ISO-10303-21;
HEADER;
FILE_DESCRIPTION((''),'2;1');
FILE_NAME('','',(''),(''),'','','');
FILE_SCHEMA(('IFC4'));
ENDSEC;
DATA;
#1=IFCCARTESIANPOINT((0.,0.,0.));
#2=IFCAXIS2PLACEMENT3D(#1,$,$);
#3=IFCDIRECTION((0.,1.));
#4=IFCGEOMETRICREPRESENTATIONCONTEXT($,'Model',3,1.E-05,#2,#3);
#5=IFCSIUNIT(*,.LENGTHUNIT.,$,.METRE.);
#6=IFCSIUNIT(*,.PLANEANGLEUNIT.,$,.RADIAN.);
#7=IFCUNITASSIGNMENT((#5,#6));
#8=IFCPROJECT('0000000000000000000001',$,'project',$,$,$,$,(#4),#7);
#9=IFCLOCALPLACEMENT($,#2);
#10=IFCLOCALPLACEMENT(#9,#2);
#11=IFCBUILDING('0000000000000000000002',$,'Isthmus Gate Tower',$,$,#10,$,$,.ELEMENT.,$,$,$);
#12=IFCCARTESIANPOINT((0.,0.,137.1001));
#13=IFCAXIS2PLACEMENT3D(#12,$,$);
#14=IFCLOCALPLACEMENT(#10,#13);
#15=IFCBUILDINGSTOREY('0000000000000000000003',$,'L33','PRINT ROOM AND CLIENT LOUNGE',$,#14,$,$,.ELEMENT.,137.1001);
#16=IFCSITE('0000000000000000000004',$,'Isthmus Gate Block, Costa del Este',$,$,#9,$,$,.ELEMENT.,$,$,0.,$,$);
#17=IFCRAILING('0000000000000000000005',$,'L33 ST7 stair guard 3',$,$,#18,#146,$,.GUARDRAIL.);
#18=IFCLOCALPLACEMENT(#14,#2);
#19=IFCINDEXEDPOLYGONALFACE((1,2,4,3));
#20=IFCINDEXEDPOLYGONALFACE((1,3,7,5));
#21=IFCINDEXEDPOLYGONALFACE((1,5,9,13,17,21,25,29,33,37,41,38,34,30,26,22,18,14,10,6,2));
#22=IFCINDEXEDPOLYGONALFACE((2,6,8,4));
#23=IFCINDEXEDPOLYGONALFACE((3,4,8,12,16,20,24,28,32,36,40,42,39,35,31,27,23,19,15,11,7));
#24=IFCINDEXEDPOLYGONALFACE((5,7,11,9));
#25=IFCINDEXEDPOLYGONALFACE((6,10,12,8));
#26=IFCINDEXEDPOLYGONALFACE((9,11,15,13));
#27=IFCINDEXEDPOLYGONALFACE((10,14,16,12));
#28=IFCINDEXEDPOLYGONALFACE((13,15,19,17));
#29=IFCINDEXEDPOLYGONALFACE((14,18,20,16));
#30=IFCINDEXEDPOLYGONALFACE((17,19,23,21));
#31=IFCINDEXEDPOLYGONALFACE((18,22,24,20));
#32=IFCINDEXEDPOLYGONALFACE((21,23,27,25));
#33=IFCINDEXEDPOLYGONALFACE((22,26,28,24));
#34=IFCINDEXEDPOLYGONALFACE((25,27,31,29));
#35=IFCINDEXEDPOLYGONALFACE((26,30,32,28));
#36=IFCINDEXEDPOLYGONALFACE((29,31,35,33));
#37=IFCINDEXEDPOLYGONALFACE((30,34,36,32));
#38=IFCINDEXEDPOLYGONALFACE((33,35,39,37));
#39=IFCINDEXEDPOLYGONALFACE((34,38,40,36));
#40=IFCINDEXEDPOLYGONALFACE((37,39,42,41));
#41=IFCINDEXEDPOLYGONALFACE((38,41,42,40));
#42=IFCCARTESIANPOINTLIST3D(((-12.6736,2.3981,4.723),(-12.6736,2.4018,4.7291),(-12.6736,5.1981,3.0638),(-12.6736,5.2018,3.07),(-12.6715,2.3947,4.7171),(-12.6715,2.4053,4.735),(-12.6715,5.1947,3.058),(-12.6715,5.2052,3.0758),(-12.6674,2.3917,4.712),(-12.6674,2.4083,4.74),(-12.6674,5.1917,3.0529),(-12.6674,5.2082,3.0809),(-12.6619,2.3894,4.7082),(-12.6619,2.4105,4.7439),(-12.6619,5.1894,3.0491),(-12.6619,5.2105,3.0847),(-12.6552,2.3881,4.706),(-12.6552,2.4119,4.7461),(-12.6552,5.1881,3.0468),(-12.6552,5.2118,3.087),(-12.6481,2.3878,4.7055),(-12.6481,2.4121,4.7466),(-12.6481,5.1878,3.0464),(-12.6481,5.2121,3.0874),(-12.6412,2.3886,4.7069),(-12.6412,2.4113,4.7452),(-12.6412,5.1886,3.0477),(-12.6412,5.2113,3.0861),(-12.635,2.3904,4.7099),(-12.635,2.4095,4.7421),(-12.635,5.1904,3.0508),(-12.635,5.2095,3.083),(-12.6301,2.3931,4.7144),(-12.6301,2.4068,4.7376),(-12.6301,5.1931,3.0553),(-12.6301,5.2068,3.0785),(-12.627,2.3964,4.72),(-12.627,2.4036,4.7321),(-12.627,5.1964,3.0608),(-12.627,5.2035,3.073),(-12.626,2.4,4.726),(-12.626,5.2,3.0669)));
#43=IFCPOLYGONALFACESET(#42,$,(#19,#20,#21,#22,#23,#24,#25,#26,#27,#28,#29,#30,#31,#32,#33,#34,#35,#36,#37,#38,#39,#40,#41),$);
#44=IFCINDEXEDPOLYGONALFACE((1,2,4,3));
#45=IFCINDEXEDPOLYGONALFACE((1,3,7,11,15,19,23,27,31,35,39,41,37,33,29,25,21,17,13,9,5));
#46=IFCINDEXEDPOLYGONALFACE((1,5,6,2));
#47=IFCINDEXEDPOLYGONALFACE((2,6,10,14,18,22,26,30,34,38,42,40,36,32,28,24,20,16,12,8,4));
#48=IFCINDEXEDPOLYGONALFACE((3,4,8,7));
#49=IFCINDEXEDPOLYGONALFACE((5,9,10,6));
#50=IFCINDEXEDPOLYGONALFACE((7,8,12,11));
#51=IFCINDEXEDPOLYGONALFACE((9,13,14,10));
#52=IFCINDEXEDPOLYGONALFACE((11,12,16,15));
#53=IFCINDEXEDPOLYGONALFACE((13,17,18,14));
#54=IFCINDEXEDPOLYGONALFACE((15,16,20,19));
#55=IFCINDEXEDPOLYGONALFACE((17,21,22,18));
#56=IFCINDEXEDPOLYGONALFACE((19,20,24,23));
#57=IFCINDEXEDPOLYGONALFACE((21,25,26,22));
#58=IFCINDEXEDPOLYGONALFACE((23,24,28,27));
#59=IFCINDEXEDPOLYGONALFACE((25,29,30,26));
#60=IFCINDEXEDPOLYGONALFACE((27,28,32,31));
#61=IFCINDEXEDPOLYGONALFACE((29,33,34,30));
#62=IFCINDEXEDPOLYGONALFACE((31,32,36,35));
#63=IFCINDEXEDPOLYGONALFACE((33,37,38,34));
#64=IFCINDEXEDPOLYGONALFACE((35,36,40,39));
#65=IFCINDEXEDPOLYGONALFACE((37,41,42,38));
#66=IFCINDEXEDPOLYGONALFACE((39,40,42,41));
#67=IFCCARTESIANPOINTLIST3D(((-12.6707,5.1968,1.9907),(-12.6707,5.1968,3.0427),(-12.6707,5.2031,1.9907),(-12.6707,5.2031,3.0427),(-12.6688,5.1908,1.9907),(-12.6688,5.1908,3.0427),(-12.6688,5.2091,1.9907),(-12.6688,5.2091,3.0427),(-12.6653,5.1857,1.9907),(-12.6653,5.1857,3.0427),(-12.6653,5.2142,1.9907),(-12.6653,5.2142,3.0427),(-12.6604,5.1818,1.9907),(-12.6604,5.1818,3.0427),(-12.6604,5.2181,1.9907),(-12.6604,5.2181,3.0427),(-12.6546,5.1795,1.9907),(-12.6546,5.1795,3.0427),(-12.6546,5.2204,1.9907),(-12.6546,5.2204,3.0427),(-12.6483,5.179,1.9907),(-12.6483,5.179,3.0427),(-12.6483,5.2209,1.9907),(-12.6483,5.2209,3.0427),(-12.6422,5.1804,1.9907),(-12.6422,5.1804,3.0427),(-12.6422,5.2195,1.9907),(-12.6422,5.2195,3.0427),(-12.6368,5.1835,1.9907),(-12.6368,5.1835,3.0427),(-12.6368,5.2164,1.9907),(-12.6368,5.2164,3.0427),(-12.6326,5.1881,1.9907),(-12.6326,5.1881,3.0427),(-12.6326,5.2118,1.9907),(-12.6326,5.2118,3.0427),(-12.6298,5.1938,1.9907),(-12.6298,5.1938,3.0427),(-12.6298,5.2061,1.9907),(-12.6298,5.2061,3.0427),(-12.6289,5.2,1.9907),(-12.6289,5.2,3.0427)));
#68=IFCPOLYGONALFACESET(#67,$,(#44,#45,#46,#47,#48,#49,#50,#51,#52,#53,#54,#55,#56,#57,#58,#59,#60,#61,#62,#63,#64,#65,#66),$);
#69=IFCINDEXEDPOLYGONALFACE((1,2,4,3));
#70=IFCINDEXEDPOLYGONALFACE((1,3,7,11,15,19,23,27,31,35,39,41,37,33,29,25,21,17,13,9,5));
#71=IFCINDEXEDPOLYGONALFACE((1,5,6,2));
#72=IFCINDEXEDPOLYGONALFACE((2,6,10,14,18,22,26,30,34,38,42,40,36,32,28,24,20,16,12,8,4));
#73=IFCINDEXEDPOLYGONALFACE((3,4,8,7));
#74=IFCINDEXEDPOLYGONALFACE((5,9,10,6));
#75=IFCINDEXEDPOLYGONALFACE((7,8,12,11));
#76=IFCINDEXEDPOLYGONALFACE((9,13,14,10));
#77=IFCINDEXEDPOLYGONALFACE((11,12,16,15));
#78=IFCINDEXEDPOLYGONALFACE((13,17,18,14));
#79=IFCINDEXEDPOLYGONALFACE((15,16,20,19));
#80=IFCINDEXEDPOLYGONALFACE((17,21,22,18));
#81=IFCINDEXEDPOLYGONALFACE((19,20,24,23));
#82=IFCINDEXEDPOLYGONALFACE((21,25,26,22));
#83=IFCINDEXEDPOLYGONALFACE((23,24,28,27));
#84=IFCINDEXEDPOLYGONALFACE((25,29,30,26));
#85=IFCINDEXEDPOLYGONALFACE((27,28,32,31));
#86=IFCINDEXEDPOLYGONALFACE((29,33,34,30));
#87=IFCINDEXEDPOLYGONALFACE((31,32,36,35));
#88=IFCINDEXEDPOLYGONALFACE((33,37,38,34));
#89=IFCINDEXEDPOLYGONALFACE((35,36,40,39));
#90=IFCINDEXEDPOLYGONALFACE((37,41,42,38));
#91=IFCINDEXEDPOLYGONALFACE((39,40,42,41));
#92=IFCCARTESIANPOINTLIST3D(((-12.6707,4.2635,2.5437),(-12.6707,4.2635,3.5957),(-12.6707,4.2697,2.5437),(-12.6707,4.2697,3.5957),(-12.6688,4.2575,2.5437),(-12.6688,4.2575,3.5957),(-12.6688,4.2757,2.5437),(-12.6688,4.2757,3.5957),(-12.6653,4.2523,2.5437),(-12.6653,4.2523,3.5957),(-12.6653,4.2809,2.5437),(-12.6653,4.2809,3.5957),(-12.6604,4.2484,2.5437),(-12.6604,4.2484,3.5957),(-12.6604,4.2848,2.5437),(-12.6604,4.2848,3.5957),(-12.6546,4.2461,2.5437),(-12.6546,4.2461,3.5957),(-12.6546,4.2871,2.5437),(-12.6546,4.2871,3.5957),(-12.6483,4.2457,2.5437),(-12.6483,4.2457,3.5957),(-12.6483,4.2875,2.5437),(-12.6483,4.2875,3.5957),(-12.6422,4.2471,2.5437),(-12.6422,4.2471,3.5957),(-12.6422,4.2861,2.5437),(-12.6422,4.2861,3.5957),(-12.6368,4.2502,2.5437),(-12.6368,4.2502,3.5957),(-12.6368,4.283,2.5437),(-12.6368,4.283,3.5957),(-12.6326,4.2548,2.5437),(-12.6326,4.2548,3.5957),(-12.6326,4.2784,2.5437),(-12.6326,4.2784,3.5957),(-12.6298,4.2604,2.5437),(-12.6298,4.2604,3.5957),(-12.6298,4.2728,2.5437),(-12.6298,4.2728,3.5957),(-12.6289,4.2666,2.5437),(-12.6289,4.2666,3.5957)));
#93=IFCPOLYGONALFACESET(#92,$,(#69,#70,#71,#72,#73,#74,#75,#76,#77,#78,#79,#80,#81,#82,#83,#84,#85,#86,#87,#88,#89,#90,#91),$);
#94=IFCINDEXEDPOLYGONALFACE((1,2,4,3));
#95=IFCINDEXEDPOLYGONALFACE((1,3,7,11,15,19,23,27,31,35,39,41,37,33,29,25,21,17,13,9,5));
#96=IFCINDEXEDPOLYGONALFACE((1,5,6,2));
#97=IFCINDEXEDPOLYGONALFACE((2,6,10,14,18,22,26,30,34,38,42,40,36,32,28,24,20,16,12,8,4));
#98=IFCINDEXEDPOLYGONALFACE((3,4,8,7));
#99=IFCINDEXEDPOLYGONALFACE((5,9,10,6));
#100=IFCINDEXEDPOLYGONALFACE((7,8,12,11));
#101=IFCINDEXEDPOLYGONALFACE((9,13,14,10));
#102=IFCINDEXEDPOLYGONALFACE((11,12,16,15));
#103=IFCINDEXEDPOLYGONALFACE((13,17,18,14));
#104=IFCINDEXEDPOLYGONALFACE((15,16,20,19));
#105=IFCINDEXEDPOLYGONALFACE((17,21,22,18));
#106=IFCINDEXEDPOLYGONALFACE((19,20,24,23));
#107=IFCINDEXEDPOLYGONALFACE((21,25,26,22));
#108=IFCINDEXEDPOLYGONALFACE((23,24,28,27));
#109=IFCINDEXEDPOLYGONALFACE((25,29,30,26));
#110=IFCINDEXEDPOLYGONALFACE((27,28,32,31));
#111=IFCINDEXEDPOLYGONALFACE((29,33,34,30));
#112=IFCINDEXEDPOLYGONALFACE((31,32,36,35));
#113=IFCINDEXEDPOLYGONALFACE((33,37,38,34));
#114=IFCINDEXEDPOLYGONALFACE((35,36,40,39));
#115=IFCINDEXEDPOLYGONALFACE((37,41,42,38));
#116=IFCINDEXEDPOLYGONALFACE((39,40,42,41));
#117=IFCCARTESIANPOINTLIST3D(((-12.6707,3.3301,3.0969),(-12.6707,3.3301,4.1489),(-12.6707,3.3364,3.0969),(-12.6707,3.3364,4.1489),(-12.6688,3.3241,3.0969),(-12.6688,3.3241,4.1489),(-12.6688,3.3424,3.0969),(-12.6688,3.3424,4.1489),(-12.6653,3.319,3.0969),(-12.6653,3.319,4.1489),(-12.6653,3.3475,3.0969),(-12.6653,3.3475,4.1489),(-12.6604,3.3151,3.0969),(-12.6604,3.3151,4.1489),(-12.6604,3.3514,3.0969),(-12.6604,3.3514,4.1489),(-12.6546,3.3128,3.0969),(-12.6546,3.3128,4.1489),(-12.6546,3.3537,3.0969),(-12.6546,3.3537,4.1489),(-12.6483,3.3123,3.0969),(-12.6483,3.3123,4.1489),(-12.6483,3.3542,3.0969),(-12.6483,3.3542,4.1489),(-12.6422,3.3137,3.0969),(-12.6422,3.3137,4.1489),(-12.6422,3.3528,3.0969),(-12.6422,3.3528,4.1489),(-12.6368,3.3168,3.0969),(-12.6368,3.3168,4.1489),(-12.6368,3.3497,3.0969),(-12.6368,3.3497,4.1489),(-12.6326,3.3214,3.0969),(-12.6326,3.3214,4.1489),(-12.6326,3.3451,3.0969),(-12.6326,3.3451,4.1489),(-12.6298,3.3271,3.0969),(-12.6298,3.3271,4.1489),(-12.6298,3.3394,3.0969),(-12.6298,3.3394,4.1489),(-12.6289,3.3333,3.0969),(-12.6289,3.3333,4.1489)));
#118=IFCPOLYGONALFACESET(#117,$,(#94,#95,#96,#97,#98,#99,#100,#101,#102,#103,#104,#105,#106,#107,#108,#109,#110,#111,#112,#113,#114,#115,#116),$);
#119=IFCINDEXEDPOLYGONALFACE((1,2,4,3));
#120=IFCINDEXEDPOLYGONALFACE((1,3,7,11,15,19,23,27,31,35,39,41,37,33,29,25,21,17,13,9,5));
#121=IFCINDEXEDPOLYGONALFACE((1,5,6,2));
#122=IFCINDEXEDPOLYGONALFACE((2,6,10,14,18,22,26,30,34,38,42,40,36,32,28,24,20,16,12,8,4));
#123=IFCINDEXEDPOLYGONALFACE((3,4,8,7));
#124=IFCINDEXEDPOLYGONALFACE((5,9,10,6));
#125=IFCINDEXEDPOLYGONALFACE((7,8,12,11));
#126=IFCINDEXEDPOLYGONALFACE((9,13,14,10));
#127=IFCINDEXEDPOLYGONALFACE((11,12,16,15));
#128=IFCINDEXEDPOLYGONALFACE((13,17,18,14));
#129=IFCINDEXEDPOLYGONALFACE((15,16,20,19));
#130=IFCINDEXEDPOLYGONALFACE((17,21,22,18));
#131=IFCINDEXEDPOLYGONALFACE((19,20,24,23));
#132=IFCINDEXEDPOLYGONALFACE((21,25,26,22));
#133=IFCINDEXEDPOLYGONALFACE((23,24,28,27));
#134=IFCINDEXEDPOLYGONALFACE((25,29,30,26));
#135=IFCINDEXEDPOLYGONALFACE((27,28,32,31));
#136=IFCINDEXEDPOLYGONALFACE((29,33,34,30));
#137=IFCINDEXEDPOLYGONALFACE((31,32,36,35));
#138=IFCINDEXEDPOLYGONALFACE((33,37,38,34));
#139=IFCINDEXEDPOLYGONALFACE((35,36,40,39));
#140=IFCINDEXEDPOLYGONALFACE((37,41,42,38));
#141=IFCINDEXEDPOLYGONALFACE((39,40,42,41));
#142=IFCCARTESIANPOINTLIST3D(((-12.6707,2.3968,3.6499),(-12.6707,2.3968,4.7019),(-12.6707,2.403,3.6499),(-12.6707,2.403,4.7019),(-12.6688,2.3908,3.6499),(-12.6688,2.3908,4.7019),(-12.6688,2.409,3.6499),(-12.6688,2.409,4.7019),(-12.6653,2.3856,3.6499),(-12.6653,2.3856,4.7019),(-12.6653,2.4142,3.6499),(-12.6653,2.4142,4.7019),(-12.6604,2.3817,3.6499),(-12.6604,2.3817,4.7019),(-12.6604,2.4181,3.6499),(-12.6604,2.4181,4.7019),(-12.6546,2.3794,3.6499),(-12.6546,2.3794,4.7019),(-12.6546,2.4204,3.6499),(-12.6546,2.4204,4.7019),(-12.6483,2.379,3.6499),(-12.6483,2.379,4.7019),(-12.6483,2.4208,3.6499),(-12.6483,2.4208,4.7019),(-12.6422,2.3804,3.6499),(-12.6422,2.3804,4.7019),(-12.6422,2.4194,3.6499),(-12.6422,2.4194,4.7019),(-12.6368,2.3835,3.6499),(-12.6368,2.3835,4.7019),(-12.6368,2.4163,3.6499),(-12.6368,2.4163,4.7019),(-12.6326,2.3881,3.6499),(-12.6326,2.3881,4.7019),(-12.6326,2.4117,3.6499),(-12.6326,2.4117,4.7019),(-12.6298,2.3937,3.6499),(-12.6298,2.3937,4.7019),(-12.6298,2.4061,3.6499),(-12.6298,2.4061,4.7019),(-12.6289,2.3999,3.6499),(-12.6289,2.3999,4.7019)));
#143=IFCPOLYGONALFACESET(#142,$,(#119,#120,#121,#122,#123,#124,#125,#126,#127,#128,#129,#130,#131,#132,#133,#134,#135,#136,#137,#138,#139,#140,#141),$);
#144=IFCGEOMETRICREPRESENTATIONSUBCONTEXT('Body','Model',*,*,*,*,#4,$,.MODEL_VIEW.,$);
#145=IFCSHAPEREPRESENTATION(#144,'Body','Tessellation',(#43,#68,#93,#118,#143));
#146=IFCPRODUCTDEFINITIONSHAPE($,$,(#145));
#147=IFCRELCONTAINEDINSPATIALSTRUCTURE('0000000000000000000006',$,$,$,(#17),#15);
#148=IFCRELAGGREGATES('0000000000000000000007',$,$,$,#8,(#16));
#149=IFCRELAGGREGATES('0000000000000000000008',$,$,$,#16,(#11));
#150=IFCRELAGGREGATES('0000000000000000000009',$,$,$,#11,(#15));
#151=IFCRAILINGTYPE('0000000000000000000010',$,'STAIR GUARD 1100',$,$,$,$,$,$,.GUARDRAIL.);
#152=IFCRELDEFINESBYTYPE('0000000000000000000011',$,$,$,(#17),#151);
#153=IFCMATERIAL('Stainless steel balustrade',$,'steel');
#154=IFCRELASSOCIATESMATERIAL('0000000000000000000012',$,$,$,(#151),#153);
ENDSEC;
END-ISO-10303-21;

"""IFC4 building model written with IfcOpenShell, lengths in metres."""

from ifc_helpers import new_model, si_unit, direction, frame, origin, origin_2d, place, context, subcontext, project, spatial, circle, extrude, material, type_object, element, save


model = new_model("IFC4")

# Units and contexts
model_context = context("Model", 3, precision=1e-05, world=origin(), true_north=direction((0.0, 1.0)))
body_context = subcontext(model_context, "Body", "Model", "MODEL_VIEW")
ifc_project = project(units=[si_unit("LENGTHUNIT", "METRE"), si_unit("PLANEANGLEUNIT", "RADIAN")], contexts=[model_context])

# Site, building, storey
site_placement = place(None, origin())
site = spatial("IfcSite", under=ifc_project, at=site_placement, Name="Isthmus Gate Block, Costa del Este", CompositionType="ELEMENT", RefElevation=0.0)
building_placement = place(site_placement, origin())
building = spatial("IfcBuilding", under=site, at=building_placement, Name="Isthmus Gate Tower", CompositionType="ELEMENT")
storey_placement = place(building_placement, frame((0.0, 0.0, 137.1001)))
storey = spatial("IfcBuildingStorey", under=building, at=storey_placement, Name="L33", Description="PRINT ROOM AND CLIENT LOUNGE", CompositionType="ELEMENT", Elevation=137.1001)

# Railing
ifc_material_1 = material(Name="Stainless steel balustrade", Category="steel")
railing_type_1 = type_object("IfcRailingType", Name="STAIR GUARD 1100", PredefinedType="GUARDRAIL", material=ifc_material_1)
railing_1_placement = place(storey_placement, frame((-12.6499, 5.2, 1.9907)))
element("IfcRailing", 1, at=railing_1_placement, inside=storey, type_object=railing_type_1, Name="L33 ST7 stair guard 3", PredefinedType="GUARDRAIL", context=body_context, shape_type="SweptSolid", body=[
    extrude(circle(Radius=0.0239, at=origin_2d()), frame((0.0, 0.0, 1.0762), z_axis=(0.0, -0.860306, 0.509778), x_axis=(1.0, 0.0, 0.0)), (0.0, 0.0, 1.0), 3.2546),
    extrude(circle(Radius=0.021, at=origin_2d()), origin(), (0.0, 0.0, 1.0), 1.052),
    extrude(circle(Radius=0.021, at=origin_2d()), frame((0.0, -0.9333, 0.553)), (0.0, 0.0, 1.0), 1.052),
    extrude(circle(Radius=0.021, at=origin_2d()), frame((0.0, -1.8667, 1.1062)), (0.0, 0.0, 1.0), 1.052),
    extrude(circle(Radius=0.021, at=origin_2d()), frame((0.0, -2.8, 1.6592)), (0.0, 0.0, 1.0), 1.052),
])

save(model, "model.ifc")
